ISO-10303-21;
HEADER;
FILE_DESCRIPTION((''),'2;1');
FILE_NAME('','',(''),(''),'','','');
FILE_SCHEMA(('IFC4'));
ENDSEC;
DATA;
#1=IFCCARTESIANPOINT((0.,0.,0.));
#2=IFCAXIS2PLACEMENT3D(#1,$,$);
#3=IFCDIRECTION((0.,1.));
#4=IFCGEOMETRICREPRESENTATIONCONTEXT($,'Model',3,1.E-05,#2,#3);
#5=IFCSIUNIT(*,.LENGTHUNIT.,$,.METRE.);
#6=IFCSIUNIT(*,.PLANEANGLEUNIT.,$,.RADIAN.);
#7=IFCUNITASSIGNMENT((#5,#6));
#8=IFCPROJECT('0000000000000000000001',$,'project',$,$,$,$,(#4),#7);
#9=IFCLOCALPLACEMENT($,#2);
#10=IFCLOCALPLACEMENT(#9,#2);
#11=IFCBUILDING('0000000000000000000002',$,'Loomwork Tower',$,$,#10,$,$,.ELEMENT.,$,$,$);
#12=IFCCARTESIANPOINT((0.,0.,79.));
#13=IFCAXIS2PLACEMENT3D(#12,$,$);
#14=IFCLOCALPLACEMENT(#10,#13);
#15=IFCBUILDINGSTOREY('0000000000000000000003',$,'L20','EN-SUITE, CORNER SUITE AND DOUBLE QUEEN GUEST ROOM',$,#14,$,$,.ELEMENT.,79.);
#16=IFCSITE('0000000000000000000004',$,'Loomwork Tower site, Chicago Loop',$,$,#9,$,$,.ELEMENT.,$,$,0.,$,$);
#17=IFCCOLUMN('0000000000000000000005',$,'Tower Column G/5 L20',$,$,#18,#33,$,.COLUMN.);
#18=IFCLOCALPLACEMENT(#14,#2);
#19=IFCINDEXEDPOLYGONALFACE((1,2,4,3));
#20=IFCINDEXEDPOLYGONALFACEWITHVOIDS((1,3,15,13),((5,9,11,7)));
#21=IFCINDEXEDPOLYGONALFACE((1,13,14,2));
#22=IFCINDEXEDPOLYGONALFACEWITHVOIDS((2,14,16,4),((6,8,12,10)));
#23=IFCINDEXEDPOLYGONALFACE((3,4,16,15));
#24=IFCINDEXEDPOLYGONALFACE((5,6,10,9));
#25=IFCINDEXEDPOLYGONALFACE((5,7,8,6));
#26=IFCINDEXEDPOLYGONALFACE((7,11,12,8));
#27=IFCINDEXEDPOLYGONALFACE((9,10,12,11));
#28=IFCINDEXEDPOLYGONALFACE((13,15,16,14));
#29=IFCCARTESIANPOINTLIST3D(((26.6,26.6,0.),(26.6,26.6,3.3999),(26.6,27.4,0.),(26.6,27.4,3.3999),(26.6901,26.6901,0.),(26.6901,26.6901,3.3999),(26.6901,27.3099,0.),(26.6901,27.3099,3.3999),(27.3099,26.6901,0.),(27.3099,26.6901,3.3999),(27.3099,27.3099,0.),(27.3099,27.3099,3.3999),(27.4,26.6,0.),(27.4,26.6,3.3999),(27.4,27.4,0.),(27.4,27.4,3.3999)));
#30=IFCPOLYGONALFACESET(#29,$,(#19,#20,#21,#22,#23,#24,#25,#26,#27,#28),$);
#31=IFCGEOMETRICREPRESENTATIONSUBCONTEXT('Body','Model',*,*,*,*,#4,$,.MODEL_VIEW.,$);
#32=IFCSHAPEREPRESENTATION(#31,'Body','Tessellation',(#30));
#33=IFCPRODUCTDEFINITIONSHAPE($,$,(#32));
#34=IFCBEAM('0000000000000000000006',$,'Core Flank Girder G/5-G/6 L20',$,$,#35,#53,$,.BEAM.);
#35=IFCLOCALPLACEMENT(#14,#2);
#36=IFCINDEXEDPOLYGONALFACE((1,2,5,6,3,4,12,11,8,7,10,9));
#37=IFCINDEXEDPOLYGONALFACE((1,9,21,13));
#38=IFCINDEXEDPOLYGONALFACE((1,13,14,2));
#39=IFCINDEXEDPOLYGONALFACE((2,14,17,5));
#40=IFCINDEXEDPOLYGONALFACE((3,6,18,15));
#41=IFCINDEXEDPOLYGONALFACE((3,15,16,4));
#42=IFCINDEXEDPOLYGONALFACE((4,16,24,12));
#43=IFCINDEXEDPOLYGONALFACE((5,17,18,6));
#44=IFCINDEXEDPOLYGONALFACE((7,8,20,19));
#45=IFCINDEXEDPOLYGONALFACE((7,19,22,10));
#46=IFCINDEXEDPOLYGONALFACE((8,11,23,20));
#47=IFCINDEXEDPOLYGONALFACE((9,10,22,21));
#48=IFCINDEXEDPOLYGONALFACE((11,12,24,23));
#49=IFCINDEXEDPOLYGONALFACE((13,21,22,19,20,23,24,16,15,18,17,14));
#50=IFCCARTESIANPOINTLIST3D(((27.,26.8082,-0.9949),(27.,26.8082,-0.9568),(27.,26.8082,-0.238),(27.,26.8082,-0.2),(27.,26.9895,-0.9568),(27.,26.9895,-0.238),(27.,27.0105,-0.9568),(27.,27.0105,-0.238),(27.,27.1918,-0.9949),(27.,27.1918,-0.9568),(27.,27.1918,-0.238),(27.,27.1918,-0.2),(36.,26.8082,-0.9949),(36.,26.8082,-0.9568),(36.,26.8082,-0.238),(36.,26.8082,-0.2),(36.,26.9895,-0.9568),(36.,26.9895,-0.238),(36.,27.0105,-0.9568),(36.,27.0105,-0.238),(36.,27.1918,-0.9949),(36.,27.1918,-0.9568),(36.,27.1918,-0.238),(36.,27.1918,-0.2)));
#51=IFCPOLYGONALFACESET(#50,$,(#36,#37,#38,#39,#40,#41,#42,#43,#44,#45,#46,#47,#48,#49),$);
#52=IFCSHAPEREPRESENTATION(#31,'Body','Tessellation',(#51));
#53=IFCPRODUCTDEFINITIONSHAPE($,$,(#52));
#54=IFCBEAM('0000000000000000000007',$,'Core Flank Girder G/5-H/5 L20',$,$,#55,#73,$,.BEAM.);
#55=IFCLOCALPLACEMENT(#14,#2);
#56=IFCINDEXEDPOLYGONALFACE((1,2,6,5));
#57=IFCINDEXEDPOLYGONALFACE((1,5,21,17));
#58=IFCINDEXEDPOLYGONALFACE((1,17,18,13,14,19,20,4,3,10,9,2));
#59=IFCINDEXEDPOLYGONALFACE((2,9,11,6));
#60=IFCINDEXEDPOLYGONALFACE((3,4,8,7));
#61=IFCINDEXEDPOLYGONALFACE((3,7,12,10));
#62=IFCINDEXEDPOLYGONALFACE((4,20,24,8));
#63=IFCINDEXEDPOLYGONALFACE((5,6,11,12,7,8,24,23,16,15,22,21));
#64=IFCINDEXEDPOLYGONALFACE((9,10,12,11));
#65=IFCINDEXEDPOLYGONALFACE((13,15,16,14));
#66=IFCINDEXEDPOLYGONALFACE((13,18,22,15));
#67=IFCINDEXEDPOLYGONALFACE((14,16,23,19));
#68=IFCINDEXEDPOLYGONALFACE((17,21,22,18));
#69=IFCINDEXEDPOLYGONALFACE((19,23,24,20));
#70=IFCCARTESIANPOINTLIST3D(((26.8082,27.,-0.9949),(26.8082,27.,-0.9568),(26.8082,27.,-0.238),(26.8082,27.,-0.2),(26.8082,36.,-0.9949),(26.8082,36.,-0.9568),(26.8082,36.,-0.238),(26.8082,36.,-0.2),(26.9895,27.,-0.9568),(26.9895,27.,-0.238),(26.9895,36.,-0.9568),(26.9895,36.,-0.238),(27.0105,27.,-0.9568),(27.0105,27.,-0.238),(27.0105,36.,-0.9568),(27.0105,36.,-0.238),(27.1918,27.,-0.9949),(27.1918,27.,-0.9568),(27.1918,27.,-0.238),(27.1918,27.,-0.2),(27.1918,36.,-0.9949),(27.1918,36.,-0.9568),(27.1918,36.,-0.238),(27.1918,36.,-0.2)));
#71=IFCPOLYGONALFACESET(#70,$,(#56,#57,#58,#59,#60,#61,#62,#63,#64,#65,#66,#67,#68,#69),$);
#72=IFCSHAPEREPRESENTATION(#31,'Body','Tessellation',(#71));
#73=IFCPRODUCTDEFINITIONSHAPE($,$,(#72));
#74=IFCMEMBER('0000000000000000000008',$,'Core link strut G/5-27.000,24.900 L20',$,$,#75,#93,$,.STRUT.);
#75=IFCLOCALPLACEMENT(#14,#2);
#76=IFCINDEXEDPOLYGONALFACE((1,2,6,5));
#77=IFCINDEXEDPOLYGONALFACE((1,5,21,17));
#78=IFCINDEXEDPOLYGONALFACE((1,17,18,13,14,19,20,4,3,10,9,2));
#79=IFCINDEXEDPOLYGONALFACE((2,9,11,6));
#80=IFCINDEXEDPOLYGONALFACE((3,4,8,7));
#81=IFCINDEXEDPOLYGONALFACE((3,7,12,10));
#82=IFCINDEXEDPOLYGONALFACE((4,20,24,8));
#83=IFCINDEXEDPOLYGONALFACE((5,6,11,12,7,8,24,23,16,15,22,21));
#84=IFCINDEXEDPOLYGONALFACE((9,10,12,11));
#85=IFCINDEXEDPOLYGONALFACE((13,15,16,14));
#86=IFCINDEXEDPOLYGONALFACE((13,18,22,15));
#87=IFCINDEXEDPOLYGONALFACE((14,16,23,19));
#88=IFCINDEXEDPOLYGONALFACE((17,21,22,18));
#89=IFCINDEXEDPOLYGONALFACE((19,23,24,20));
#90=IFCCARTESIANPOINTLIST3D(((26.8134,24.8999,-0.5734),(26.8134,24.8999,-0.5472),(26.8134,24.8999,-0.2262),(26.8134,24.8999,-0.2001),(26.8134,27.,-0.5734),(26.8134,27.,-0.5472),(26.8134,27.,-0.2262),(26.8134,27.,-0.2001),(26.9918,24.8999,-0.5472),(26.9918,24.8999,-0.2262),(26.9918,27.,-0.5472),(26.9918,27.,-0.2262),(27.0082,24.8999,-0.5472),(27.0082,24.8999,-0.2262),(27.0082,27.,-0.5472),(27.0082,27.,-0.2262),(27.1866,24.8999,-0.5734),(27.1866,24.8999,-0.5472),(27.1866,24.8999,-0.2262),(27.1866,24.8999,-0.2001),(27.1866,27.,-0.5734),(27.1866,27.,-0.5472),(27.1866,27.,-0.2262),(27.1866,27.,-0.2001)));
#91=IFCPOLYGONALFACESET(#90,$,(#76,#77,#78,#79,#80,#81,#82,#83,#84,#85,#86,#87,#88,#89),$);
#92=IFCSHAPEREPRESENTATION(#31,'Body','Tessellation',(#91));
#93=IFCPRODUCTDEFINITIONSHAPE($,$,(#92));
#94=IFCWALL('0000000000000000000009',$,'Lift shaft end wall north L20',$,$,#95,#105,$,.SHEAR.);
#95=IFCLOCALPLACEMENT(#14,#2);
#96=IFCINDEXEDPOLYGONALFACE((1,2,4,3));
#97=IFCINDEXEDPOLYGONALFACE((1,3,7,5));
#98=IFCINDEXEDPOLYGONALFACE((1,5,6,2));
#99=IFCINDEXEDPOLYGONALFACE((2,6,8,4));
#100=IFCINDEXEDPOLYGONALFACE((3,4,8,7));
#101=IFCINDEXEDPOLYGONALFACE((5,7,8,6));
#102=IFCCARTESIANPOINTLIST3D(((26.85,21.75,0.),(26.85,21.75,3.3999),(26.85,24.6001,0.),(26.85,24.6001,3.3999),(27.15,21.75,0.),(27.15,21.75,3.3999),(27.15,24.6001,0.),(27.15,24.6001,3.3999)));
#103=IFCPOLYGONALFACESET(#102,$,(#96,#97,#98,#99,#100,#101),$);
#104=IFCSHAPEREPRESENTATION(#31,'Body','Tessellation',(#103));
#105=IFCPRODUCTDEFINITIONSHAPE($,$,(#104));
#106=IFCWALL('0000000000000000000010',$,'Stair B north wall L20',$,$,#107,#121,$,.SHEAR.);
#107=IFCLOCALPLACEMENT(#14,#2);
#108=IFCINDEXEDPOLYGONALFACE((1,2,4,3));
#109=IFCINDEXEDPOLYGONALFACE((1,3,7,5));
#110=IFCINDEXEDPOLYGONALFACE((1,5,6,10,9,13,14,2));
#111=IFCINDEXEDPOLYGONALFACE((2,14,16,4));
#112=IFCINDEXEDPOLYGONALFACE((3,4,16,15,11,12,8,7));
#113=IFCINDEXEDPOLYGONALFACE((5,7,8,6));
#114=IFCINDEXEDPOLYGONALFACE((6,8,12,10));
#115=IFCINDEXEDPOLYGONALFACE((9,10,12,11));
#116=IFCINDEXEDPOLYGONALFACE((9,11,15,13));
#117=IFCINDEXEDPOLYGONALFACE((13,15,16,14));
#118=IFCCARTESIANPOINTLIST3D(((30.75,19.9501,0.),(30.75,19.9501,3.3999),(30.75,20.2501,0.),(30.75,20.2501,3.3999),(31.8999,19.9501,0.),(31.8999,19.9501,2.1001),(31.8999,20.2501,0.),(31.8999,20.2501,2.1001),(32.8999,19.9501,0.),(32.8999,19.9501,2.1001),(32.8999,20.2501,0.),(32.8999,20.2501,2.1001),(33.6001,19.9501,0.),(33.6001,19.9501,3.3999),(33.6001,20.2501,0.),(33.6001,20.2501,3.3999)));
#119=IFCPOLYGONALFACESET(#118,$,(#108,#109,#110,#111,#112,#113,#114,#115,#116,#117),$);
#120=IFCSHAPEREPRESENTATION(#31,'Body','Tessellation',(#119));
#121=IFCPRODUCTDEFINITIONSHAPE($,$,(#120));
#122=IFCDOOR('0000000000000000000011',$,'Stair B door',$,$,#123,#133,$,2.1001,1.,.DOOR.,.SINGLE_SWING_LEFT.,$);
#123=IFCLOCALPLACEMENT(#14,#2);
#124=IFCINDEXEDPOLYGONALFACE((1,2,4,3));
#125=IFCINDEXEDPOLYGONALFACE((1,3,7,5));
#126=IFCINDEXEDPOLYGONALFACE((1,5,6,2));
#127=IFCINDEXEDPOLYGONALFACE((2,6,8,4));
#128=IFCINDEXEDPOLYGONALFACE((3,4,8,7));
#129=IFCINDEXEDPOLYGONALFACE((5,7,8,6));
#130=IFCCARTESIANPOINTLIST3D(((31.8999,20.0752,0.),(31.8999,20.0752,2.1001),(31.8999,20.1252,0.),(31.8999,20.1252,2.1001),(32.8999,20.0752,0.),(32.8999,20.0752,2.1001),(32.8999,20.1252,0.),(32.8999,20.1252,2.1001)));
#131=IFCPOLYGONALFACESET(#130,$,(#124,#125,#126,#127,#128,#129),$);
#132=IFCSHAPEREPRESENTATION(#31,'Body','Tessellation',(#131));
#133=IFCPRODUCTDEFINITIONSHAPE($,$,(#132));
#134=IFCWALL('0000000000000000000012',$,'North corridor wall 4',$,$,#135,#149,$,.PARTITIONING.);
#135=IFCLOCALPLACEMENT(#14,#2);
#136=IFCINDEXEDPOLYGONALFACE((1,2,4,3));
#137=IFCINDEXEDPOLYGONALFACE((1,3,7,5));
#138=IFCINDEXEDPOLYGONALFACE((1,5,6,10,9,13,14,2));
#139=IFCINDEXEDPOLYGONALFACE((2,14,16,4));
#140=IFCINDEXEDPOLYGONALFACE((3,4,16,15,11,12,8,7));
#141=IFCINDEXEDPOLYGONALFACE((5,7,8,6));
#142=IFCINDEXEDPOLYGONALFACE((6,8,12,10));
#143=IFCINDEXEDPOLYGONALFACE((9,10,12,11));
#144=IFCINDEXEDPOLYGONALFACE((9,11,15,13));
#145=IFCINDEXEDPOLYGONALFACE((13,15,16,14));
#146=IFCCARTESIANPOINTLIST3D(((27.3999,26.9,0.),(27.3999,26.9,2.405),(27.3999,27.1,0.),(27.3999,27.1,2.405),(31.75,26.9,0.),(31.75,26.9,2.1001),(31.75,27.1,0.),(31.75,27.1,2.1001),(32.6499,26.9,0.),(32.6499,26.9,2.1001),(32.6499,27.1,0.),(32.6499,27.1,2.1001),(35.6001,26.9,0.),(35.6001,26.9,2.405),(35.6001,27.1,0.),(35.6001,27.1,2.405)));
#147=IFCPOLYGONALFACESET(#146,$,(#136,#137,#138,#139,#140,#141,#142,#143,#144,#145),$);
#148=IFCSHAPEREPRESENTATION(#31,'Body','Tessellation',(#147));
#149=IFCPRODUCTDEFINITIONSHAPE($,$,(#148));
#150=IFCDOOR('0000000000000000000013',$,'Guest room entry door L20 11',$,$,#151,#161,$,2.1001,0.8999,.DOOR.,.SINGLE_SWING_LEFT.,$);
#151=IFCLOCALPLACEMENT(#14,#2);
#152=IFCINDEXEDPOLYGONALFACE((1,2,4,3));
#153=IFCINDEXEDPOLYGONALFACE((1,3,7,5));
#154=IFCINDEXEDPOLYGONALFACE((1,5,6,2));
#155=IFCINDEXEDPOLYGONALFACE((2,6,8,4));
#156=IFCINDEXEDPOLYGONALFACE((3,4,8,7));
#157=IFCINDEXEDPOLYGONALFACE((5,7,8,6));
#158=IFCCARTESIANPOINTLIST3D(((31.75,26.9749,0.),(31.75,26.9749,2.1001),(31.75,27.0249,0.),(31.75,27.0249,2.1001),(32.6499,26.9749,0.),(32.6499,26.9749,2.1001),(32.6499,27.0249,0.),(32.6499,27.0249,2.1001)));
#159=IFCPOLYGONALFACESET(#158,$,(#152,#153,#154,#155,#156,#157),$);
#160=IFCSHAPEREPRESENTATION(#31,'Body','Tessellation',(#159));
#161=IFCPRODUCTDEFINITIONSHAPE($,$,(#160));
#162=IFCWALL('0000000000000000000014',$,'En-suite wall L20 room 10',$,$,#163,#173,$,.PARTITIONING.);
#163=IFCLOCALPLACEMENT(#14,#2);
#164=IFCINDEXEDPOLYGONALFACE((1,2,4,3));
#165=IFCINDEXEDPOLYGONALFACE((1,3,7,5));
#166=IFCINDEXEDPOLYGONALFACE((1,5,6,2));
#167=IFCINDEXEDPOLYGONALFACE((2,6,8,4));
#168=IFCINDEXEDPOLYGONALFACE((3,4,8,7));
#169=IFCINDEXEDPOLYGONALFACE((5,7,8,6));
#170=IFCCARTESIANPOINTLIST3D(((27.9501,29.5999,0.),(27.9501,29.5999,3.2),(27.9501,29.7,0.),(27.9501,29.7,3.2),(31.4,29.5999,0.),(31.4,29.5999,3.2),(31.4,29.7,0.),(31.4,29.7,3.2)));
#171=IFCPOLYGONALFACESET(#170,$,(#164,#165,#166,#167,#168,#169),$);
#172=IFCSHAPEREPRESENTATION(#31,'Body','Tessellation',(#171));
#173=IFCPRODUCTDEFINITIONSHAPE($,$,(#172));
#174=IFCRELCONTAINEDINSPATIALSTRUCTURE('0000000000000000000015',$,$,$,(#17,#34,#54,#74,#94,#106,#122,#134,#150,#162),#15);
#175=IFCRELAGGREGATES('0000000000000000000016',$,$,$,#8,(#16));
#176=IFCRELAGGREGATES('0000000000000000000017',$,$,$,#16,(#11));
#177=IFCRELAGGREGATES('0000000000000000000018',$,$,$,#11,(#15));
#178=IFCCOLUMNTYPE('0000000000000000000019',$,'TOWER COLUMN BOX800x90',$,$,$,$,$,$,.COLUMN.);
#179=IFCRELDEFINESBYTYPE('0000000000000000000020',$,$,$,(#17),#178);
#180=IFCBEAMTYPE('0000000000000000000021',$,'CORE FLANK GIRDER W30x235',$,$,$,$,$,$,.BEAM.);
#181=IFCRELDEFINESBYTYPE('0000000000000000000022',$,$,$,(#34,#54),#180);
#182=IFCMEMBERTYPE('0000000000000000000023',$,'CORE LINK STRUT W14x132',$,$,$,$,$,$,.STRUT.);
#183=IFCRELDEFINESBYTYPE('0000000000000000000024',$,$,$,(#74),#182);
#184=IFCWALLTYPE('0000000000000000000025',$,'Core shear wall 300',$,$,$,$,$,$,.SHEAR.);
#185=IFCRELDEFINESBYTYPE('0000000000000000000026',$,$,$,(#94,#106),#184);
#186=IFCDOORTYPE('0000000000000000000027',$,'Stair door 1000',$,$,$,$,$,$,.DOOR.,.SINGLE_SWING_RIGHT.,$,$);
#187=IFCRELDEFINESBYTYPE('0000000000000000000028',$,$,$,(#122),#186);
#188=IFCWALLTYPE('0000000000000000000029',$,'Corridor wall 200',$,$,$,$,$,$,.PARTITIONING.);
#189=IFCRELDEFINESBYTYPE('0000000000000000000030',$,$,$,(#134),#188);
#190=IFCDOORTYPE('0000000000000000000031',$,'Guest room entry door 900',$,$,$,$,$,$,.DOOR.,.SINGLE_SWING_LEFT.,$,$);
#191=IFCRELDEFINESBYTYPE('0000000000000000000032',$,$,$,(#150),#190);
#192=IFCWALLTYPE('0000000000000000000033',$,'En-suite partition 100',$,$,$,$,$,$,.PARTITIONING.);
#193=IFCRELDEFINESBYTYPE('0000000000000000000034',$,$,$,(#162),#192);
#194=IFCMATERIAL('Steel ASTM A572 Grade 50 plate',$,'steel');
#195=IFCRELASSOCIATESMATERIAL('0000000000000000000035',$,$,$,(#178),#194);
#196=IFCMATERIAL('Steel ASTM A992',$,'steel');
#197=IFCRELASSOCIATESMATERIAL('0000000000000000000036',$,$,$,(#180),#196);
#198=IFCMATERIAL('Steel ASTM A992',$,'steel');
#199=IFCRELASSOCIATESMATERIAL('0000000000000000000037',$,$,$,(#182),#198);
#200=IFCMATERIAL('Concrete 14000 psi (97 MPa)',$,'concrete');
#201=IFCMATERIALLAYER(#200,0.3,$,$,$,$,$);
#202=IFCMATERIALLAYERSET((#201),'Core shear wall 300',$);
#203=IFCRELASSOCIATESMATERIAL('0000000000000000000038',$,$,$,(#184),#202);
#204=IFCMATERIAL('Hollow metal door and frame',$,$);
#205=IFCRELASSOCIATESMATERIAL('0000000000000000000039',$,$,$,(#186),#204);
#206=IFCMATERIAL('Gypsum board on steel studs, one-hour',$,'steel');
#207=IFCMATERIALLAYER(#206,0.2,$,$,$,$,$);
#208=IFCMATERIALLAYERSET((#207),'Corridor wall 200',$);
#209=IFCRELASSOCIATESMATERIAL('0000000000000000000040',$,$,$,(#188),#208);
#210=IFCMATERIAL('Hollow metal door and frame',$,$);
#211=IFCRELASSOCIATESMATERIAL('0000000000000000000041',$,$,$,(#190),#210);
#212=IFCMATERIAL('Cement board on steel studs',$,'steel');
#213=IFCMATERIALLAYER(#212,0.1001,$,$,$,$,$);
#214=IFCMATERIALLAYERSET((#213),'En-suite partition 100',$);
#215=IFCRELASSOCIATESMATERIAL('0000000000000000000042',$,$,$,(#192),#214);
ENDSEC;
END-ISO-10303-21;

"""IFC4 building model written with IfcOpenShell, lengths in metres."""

from ifc_helpers import new_model, si_unit, direction, frame, frame_2d, origin, origin_2d, place, context, subcontext, project, spatial, rectangle, hollow_rectangle, i_section, extrude, material, layer, layer_set, material_profile, profile_set, type_object, element, fill, save


model = new_model("IFC4")

# Units and contexts
model_context = context("Model", 3, precision=1e-05, world=origin(), true_north=direction((0.0, 1.0)))
body_context = subcontext(model_context, "Body", "Model", "MODEL_VIEW")
ifc_project = project(units=[si_unit("LENGTHUNIT", "METRE"), si_unit("PLANEANGLEUNIT", "RADIAN")], contexts=[model_context])

# Site, building, storey
site_placement = place(None, origin())
site = spatial("IfcSite", under=ifc_project, at=site_placement, Name="Loomwork Tower site, Chicago Loop", CompositionType="ELEMENT", RefElevation=0.0)
building_placement = place(site_placement, origin())
building = spatial("IfcBuilding", under=site, at=building_placement, Name="Loomwork Tower", CompositionType="ELEMENT")
storey_placement = place(building_placement, frame((0.0, 0.0, 79.0)))
storey = spatial("IfcBuildingStorey", under=building, at=storey_placement, Name="L20", Description="EN-SUITE, CORNER SUITE AND DOUBLE QUEEN GUEST ROOM", CompositionType="ELEMENT", Elevation=79.0)

# Column
ifc_material_1 = material(Name="Steel ASTM A572 Grade 50 plate", Category="steel")
ifc_material_profile_1 = material_profile(ifc_material_1, hollow_rectangle(XDim=0.8, YDim=0.8, WallThickness=0.0901, at=origin_2d()), Name="BOX800x90")
ifc_profile_set_1 = profile_set([ifc_material_profile_1], Name="Steel ASTM A572 Grade 50 plate")
column_type = type_object("IfcColumnType", Name="TOWER COLUMN BOX800x90", PredefinedType="COLUMN", material=ifc_profile_set_1)
column_placement = place(storey_placement, frame((27.0, 27.0, 0.0), z_axis=(0.0, 0.0, 1.0), x_axis=(1.0, 0.0, 0.0)))
element("IfcColumn", 1, at=column_placement, inside=storey, type_object=column_type, Name="Tower Column G/5 L20", PredefinedType="COLUMN", context=body_context, shape_type="SweptSolid", body=[
    extrude(hollow_rectangle(XDim=0.8, YDim=0.8, WallThickness=0.0901, at=origin_2d()), origin(), (0.0, 0.0, 1.0), 3.3999),
])

# Beams
ifc_material_2 = material(Name="Steel ASTM A992", Category="steel")
ifc_material_profile_2 = material_profile(ifc_material_2, i_section(OverallWidth=0.3835, OverallDepth=0.7949, WebThickness=0.021, FlangeThickness=0.0381, at=origin_2d()), Name="W30x235")
ifc_profile_set_2 = profile_set([ifc_material_profile_2], Name="Steel ASTM A992")
beam_type = type_object("IfcBeamType", Name="CORE FLANK GIRDER W30x235", PredefinedType="BEAM", material=ifc_profile_set_2)
for number, where, z_axis, x_axis, name in (
    (2, (27.0, 27.0, -0.5974), (1.0, 0.0, 0.0), (0.0, 1.0, 0.0), "Core Flank Girder G/5-G/6 L20"),
    (3, (27.0, 27.0, -0.5974), (0.0, 1.0, 0.0), (-1.0, 0.0, 0.0), "Core Flank Girder G/5-H/5 L20"),
):
    element("IfcBeam", number, at=place(storey_placement, frame(where, z_axis=z_axis, x_axis=x_axis)), inside=storey, type_object=beam_type, Name=name, PredefinedType="BEAM", context=body_context, shape_type="SweptSolid", body=[
        extrude(i_section(OverallWidth=0.3835, OverallDepth=0.7949, WebThickness=0.021, FlangeThickness=0.0381, at=origin_2d()), origin(), (0.0, 0.0, 1.0), 9.0),
    ])

# Member
ifc_material_3 = material(Name="Steel ASTM A992", Category="steel")
ifc_material_profile_3 = material_profile(ifc_material_3, i_section(OverallWidth=0.3733, OverallDepth=0.3733, WebThickness=0.0164, FlangeThickness=0.0261, at=origin_2d()), Name="W14x132")
ifc_profile_set_3 = profile_set([ifc_material_profile_3], Name="Steel ASTM A992")
member_type = type_object("IfcMemberType", Name="CORE LINK STRUT W14x132", PredefinedType="STRUT", material=ifc_profile_set_3)
member_placement = place(storey_placement, frame((27.0, 27.0, -0.3867), z_axis=(0.0, -1.0, 0.0), x_axis=(1.0, 0.0, 0.0)))
element("IfcMember", 4, at=member_placement, inside=storey, type_object=member_type, Name="Core link strut G/5-27.000,24.900 L20", PredefinedType="STRUT", context=body_context, shape_type="SweptSolid", body=[
    extrude(i_section(OverallWidth=0.3733, OverallDepth=0.3733, WebThickness=0.0164, FlangeThickness=0.0261, at=origin_2d()), origin(), (0.0, 0.0, 1.0), 2.1001),
])

# Wall
ifc_material_4 = material(Name="Concrete 14000 psi (97 MPa)", Category="concrete")
ifc_layer_1 = layer(ifc_material_4, 0.3)
ifc_layer_set_1 = layer_set([ifc_layer_1], Name="Core shear wall 300")
wall_type_1 = type_object("IfcWallType", Name="Core shear wall 300", PredefinedType="SHEAR", material=ifc_layer_set_1)
wall_1_placement = place(storey_placement, frame((27.0, 21.75, 0.0), z_axis=(0.0, 0.0, 1.0), x_axis=(0.0, 1.0, 0.0)))
element("IfcWall", 5, at=wall_1_placement, inside=storey, type_object=wall_type_1, Name="Lift shaft end wall north L20", PredefinedType="SHEAR", context=body_context, shape_type="SweptSolid", body=[
    extrude(rectangle(XDim=2.8501, YDim=0.3, at=frame_2d((1.425, 0.0))), origin(), (0.0, 0.0, 1.0), 3.3999),
])

# Walls, openings, doors
wall_2_placement = place(storey_placement, frame((30.75, 20.1001, 0.0), z_axis=(0.0, 0.0, 1.0), x_axis=(1.0, 0.0, 0.0)))
wall_2 = element("IfcWall", 6, at=wall_2_placement, inside=storey, type_object=wall_type_1, Name="Stair B north wall L20", PredefinedType="SHEAR", context=body_context, shape_type="SweptSolid", body=[
    extrude(rectangle(XDim=2.8501, YDim=0.3, at=frame_2d((1.425, 0.0))), origin(), (0.0, 0.0, 1.0), 3.3999),
])
opening_1_placement = place(wall_2_placement, frame((1.1499, 0.0, 0.0)))
opening_1 = element("IfcOpeningElement", 7, at=opening_1_placement, cuts=wall_2, PredefinedType="OPENING", context=body_context, shape_type="SweptSolid", body=[
    extrude(rectangle(XDim=1.0, YDim=2.1001, at=frame_2d((0.5, 1.05))), frame((0.0, 0.1599, 0.0), z_axis=(0.0, -1.0, 0.0), x_axis=(1.0, 0.0, 0.0)), (0.0, 0.0, 1.0), 0.3201),
])
ifc_material_5 = material(Name="Hollow metal door and frame")
door_type_1 = type_object("IfcDoorType", Name="Stair door 1000", OperationType="SINGLE_SWING_RIGHT", PredefinedType="DOOR", material=ifc_material_5)
door_1_placement = place(opening_1_placement, frame((1.0, 0.0, 0.0), z_axis=(0.0, 0.0, 1.0), x_axis=(-1.0, 0.0, 0.0)))
door_1 = element("IfcDoor", 8, at=door_1_placement, inside=storey, type_object=door_type_1, Name="Stair B door", OperationType="SINGLE_SWING_LEFT", OverallHeight=2.1001, OverallWidth=1.0, PredefinedType="DOOR", context=body_context, shape_type="SweptSolid", body=[
    extrude(rectangle(XDim=1.0, YDim=2.1001, at=frame_2d((0.5, 1.05))), frame((0.0, 0.0249, 0.0), z_axis=(0.0, -1.0, 0.0), x_axis=(1.0, 0.0, 0.0)), (0.0, 0.0, 1.0), 0.05),
])
fill(opening_1, door_1)
ifc_material_6 = material(Name="Gypsum board on steel studs, one-hour", Category="steel")
ifc_layer_2 = layer(ifc_material_6, 0.2)
ifc_layer_set_2 = layer_set([ifc_layer_2], Name="Corridor wall 200")
wall_type_2 = type_object("IfcWallType", Name="Corridor wall 200", PredefinedType="PARTITIONING", material=ifc_layer_set_2)
wall_3_placement = place(storey_placement, frame((27.3999, 27.0, 0.0), z_axis=(0.0, 0.0, 1.0), x_axis=(1.0, 0.0, 0.0)))
wall_3 = element("IfcWall", 9, at=wall_3_placement, inside=storey, type_object=wall_type_2, Name="North corridor wall 4", PredefinedType="PARTITIONING", context=body_context, shape_type="SweptSolid", body=[
    extrude(rectangle(XDim=8.2002, YDim=0.2, at=frame_2d((4.1001, 0.0))), origin(), (0.0, 0.0, 1.0), 2.405),
])
opening_2_placement = place(wall_3_placement, frame((4.3501, 0.0, 0.0)))
opening_2 = element("IfcOpeningElement", 10, at=opening_2_placement, cuts=wall_3, PredefinedType="OPENING", context=body_context, shape_type="SweptSolid", body=[
    extrude(rectangle(XDim=0.8999, YDim=2.1001, at=frame_2d((0.45, 1.05))), frame((0.0, 0.1099, 0.0), z_axis=(0.0, -1.0, 0.0), x_axis=(1.0, 0.0, 0.0)), (0.0, 0.0, 1.0), 0.22),
])
ifc_material_7 = material(Name="Hollow metal door and frame")
door_type_2 = type_object("IfcDoorType", Name="Guest room entry door 900", OperationType="SINGLE_SWING_LEFT", PredefinedType="DOOR", material=ifc_material_7)
door_2_placement = place(opening_2_placement, origin())
door_2 = element("IfcDoor", 11, at=door_2_placement, inside=storey, type_object=door_type_2, Name="Guest room entry door L20 11", OperationType="SINGLE_SWING_LEFT", OverallHeight=2.1001, OverallWidth=0.8999, PredefinedType="DOOR", context=body_context, shape_type="SweptSolid", body=[
    extrude(rectangle(XDim=0.8999, YDim=2.1001, at=frame_2d((0.45, 1.05))), frame((0.0, 0.0249, 0.0), z_axis=(0.0, -1.0, 0.0), x_axis=(1.0, 0.0, 0.0)), (0.0, 0.0, 1.0), 0.05),
])
fill(opening_2, door_2)

# Wall
ifc_material_8 = material(Name="Cement board on steel studs", Category="steel")
ifc_layer_3 = layer(ifc_material_8, 0.1001)
ifc_layer_set_3 = layer_set([ifc_layer_3], Name="En-suite partition 100")
wall_type_3 = type_object("IfcWallType", Name="En-suite partition 100", PredefinedType="PARTITIONING", material=ifc_layer_set_3)
wall_4_placement = place(storey_placement, frame((27.95, 29.6499, 0.0), z_axis=(0.0, 0.0, 1.0), x_axis=(1.0, 0.0, 0.0)))
element("IfcWall", 12, at=wall_4_placement, inside=storey, type_object=wall_type_3, Name="En-suite wall L20 room 10", PredefinedType="PARTITIONING", context=body_context, shape_type="SweptSolid", body=[
    extrude(rectangle(XDim=3.45, YDim=0.1001, at=frame_2d((1.7251, 0.0))), origin(), (0.0, 0.0, 1.0), 3.2),
])

save(model, "model.ifc")
